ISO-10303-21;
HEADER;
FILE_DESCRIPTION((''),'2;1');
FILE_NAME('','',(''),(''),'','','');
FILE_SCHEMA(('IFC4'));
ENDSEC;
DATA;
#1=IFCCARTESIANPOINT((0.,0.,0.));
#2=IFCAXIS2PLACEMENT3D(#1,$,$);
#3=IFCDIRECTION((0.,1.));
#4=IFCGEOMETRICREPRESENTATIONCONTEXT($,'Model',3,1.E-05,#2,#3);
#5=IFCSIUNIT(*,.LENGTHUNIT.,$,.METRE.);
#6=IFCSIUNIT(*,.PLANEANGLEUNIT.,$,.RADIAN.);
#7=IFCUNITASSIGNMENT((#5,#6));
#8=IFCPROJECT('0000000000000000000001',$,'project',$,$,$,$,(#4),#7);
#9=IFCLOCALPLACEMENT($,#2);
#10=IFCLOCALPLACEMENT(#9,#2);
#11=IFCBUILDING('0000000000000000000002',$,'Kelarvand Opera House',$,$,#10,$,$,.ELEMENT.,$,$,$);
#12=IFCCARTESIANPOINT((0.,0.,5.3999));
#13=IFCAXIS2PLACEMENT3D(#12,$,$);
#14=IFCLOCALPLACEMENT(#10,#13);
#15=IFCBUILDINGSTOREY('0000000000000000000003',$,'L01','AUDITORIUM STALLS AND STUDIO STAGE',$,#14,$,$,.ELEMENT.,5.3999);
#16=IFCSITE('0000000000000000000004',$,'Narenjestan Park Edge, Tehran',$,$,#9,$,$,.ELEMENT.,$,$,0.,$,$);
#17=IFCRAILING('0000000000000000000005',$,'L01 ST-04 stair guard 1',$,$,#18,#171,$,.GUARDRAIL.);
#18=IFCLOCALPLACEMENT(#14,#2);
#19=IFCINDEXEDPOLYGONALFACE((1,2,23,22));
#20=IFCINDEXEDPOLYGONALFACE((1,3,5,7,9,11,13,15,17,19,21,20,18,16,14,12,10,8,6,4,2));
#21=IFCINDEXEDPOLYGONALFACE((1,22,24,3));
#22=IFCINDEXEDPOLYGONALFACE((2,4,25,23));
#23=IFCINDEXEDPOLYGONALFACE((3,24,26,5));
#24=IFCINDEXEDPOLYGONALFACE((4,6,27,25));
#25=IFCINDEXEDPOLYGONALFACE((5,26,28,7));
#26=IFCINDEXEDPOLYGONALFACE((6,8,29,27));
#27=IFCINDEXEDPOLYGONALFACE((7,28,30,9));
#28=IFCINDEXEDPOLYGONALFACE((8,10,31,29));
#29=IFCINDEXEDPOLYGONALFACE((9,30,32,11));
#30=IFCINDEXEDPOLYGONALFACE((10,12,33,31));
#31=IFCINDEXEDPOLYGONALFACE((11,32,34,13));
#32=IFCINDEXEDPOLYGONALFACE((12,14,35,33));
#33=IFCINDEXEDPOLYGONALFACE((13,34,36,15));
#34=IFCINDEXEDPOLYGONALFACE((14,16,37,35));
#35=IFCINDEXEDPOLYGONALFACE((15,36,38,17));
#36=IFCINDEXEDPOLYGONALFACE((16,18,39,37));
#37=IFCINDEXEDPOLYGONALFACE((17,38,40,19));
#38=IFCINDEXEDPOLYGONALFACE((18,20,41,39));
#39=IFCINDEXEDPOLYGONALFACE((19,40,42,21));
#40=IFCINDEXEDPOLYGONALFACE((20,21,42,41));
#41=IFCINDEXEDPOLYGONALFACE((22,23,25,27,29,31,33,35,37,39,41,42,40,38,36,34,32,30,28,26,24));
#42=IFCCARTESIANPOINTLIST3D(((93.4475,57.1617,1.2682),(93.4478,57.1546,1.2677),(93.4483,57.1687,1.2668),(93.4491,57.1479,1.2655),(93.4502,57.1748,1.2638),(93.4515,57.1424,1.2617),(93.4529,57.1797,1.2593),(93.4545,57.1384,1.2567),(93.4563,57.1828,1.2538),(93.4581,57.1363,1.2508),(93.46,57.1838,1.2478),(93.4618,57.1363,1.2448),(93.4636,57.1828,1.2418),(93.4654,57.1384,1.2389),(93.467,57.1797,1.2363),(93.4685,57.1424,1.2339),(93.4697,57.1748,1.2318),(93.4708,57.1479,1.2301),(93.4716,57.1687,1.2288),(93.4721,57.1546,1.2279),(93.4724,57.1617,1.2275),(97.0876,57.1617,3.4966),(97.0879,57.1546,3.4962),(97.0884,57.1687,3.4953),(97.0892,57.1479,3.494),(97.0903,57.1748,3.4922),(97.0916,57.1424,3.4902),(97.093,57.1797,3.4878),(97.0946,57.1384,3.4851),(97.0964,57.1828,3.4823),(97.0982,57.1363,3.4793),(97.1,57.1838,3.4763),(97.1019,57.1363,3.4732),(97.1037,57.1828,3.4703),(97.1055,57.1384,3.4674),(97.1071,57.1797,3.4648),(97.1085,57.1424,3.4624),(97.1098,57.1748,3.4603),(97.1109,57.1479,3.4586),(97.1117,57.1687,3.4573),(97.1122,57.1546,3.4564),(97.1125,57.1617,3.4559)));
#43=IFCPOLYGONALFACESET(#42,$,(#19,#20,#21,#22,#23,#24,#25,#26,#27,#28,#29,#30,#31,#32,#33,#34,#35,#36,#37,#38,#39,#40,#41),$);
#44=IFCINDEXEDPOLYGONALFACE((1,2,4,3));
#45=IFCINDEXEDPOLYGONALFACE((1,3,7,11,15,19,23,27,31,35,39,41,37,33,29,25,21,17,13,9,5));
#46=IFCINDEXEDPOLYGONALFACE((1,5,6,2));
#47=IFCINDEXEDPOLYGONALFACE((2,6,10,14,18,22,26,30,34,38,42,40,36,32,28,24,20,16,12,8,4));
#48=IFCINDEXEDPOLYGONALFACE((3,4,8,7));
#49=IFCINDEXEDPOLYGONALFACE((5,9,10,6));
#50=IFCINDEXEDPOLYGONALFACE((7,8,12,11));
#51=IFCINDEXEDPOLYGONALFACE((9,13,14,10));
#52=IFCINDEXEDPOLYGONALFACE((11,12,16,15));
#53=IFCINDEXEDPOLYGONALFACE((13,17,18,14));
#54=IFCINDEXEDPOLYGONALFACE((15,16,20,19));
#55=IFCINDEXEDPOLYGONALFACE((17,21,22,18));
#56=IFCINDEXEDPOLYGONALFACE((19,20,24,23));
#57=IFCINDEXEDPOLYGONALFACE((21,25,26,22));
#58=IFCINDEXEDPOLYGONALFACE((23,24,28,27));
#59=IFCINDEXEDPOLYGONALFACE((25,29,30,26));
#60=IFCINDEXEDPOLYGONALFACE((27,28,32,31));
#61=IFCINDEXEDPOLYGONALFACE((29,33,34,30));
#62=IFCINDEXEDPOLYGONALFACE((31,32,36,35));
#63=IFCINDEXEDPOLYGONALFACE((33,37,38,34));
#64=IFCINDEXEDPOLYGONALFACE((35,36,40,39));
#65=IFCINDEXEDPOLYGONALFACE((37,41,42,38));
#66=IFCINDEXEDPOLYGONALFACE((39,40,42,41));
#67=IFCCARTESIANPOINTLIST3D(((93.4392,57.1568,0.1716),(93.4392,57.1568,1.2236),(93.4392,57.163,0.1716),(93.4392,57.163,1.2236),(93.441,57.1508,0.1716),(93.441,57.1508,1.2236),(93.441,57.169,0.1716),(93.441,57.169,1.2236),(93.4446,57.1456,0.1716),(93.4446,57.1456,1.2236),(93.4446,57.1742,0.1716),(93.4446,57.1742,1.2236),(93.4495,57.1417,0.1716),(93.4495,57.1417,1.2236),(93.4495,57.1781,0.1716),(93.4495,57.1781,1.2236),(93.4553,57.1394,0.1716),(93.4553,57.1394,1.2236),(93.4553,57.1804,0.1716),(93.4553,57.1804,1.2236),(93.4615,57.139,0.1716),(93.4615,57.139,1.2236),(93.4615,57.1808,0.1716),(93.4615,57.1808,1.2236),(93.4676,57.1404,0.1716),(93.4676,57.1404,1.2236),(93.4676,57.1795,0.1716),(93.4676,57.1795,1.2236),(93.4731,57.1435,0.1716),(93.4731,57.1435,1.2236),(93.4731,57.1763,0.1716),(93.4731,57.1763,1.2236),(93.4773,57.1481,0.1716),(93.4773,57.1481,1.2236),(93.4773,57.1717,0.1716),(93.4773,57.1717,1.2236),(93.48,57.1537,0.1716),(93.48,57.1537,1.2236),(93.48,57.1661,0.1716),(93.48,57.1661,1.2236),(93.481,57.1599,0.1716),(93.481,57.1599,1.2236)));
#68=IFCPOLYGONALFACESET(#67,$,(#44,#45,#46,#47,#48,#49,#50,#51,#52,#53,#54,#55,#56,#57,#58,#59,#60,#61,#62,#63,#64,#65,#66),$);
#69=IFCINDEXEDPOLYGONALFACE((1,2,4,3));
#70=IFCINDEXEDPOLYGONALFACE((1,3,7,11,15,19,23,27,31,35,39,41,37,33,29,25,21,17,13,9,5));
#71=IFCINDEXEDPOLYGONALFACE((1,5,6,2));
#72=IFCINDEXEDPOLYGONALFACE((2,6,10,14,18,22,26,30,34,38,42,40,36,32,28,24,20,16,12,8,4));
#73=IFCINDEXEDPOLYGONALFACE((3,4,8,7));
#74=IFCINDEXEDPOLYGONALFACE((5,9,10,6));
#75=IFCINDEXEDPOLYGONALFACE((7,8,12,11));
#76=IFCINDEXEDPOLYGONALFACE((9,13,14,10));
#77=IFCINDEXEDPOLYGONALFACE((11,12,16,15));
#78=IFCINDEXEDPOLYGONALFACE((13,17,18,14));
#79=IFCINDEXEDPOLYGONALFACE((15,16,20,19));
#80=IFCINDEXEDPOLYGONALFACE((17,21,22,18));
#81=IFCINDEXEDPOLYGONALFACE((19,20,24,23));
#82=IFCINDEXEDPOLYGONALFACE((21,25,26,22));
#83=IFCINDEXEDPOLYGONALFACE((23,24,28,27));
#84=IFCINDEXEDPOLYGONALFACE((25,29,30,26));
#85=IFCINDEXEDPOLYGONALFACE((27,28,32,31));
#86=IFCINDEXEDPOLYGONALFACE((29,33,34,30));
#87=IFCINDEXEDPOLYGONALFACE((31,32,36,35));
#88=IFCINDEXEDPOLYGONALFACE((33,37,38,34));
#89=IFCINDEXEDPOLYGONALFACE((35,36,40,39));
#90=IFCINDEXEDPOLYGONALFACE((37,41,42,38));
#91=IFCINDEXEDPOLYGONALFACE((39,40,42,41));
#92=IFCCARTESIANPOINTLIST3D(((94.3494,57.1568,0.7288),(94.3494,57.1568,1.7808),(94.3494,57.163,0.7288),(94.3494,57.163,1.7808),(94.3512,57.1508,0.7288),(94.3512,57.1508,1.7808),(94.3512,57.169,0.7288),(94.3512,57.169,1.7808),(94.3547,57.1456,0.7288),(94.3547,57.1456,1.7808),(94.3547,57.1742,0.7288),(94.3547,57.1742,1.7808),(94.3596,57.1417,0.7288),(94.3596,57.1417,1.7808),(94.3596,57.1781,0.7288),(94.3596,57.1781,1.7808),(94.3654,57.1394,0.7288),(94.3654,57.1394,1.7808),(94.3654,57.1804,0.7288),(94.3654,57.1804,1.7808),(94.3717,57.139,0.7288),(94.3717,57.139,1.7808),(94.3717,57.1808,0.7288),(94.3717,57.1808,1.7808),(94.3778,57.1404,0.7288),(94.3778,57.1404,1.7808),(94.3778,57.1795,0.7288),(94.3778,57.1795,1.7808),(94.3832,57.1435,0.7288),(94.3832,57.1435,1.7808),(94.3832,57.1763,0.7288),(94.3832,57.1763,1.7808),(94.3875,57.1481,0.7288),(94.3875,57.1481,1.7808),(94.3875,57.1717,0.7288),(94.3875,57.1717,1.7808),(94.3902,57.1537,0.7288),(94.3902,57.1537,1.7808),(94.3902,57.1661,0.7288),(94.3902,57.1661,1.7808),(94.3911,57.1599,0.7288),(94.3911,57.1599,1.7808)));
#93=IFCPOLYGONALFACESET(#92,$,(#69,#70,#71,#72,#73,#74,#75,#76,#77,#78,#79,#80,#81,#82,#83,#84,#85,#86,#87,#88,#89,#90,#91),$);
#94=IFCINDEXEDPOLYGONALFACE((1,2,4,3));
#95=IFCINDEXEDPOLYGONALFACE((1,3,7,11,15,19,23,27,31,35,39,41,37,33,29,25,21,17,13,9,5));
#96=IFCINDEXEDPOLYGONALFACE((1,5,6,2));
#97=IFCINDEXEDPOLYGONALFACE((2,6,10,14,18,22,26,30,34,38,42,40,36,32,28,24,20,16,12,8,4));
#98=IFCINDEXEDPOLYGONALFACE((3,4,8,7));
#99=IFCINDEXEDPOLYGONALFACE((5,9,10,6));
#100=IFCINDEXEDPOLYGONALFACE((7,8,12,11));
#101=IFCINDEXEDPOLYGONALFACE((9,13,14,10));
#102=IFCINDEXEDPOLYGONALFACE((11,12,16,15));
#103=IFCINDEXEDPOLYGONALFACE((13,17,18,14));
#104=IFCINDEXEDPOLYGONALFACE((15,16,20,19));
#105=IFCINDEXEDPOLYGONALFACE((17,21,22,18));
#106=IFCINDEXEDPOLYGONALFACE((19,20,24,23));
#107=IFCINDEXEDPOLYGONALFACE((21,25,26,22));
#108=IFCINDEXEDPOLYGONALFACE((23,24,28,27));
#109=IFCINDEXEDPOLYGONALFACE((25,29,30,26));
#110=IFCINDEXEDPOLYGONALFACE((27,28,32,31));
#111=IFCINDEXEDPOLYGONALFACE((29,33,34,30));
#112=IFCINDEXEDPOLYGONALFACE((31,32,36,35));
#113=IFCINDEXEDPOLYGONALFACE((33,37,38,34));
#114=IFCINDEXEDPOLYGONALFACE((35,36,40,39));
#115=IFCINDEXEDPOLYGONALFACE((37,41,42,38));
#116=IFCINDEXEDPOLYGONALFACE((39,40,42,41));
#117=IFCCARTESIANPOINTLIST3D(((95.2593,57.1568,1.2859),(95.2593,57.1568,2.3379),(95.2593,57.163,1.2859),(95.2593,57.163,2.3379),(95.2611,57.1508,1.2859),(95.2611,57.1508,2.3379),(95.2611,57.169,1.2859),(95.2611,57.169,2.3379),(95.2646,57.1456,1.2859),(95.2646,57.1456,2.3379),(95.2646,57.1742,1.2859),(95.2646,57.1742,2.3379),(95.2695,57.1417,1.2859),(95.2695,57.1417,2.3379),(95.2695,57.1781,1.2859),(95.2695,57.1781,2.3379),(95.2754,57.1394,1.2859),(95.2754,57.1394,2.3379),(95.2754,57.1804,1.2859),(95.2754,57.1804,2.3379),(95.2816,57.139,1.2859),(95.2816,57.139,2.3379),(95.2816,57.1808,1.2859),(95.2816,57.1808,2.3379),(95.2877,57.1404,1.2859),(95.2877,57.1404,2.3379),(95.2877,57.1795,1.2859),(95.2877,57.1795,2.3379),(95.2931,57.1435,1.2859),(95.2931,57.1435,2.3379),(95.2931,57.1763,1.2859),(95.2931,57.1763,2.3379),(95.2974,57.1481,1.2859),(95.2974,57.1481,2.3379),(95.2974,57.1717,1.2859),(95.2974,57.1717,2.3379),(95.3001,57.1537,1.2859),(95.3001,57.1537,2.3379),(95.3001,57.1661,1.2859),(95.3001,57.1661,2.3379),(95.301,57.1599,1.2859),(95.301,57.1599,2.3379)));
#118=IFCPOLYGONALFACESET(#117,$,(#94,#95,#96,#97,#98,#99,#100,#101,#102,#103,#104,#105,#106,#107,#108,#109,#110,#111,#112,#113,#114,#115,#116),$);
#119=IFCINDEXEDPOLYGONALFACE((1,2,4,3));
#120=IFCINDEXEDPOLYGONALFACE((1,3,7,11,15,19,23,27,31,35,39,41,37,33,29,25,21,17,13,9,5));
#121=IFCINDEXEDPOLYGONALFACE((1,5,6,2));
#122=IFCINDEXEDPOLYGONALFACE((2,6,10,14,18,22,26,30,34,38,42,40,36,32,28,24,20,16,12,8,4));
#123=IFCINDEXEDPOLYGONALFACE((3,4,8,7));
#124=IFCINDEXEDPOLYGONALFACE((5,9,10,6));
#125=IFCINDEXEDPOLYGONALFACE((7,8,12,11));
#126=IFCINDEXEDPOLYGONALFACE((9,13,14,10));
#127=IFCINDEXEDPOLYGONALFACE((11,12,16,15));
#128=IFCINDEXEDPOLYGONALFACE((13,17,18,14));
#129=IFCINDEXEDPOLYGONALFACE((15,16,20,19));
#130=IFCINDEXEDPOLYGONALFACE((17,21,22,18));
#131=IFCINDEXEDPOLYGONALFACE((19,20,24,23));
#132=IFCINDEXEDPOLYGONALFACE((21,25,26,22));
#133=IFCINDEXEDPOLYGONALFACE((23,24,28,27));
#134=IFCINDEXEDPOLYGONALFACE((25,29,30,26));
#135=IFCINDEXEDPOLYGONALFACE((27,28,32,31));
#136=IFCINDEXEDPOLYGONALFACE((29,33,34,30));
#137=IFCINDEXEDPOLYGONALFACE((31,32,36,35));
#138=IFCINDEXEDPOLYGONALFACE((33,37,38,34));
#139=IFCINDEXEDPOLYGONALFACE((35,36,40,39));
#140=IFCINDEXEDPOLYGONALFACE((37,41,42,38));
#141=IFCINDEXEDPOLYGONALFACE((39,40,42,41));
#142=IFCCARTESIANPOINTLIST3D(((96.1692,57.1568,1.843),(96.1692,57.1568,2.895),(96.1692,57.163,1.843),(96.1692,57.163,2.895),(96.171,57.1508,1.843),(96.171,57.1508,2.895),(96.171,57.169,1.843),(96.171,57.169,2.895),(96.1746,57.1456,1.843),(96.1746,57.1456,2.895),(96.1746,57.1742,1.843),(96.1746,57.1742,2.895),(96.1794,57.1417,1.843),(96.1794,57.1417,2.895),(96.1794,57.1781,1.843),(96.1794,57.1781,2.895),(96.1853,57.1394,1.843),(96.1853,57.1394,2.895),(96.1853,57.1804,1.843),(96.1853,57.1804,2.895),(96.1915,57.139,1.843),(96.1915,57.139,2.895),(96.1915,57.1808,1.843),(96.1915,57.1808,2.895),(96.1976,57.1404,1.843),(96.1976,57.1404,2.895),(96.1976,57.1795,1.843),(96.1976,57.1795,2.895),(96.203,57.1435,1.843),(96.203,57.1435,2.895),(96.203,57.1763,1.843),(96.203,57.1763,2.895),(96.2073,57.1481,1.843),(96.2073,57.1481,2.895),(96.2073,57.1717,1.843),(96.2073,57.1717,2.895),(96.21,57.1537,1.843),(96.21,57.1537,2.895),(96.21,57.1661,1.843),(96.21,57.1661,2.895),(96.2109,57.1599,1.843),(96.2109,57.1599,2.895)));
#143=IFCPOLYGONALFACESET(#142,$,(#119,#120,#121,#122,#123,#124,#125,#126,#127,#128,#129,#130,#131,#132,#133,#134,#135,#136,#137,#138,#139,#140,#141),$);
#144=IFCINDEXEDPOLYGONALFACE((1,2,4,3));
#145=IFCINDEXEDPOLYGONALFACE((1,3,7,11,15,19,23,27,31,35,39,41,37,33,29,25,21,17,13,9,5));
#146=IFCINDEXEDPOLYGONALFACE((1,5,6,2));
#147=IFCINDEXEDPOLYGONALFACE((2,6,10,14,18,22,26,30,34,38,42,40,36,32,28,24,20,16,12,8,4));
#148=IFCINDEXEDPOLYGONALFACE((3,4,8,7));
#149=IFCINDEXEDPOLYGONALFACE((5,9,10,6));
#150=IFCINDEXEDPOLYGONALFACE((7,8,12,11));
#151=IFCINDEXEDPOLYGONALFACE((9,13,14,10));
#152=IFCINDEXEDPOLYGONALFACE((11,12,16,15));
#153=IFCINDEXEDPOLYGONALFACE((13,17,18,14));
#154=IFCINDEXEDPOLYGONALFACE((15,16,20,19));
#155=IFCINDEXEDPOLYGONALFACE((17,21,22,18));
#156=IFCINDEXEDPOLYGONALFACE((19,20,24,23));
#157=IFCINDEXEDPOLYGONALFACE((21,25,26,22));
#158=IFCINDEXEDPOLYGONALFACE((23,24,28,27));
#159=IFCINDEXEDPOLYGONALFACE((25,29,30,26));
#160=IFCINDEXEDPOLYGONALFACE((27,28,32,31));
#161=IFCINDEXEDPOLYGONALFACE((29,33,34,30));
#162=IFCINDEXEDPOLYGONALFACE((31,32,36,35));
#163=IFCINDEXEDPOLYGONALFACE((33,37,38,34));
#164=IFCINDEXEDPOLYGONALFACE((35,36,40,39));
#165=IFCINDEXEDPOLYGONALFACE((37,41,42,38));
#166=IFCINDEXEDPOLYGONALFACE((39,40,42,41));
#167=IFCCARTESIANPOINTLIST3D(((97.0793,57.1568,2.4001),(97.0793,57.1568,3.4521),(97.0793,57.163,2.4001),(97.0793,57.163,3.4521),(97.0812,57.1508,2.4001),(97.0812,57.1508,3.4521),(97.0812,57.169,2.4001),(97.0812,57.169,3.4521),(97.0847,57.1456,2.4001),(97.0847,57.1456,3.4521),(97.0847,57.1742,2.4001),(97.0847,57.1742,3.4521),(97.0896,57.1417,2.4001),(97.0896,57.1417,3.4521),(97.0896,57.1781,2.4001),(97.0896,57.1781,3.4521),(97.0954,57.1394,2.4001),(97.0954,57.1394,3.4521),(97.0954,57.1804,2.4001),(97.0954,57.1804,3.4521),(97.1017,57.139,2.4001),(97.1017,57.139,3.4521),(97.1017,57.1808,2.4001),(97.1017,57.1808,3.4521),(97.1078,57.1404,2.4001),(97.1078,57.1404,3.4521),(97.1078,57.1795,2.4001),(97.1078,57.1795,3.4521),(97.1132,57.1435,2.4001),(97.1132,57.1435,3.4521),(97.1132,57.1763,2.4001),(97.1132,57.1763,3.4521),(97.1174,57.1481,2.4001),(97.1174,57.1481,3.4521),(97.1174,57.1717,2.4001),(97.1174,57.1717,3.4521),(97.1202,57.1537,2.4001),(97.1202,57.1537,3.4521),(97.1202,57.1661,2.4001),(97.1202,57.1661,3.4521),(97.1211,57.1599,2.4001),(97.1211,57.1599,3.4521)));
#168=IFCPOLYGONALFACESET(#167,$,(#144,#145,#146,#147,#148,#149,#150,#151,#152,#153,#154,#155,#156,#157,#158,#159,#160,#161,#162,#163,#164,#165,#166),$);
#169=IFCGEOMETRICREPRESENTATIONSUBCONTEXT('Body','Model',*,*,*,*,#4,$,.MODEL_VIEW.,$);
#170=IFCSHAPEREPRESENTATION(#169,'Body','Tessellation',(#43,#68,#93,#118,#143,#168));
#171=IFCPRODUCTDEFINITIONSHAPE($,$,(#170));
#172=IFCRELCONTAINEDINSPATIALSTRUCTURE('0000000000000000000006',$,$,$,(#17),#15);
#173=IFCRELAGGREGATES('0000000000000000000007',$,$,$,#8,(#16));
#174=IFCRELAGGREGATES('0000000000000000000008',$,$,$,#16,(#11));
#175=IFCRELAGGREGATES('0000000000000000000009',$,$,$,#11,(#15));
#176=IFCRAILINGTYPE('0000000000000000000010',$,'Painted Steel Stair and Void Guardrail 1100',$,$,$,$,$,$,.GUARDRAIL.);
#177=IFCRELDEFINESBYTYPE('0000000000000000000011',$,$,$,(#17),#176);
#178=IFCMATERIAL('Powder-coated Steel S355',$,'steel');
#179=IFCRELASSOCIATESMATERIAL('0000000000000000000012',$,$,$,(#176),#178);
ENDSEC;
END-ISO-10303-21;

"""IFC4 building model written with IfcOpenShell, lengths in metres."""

from ifc_helpers import new_model, si_unit, direction, frame, origin, origin_2d, place, context, subcontext, project, spatial, circle, extrude, material, type_object, element, save


model = new_model("IFC4")

# Units and contexts
model_context = context("Model", 3, precision=1e-05, world=origin(), true_north=direction((0.0, 1.0)))
body_context = subcontext(model_context, "Body", "Model", "MODEL_VIEW")
ifc_project = project(units=[si_unit("LENGTHUNIT", "METRE"), si_unit("PLANEANGLEUNIT", "RADIAN")], contexts=[model_context])

# Site, building, storey
site_placement = place(None, origin())
site = spatial("IfcSite", under=ifc_project, at=site_placement, Name="Narenjestan Park Edge, Tehran", CompositionType="ELEMENT", RefElevation=0.0)
building_placement = place(site_placement, origin())
building = spatial("IfcBuilding", under=site, at=building_placement, Name="Kelarvand Opera House", CompositionType="ELEMENT")
storey_placement = place(building_placement, frame((0.0, 0.0, 5.3999)))
storey = spatial("IfcBuildingStorey", under=building, at=storey_placement, Name="L01", Description="AUDITORIUM STALLS AND STUDIO STAGE", CompositionType="ELEMENT", Elevation=5.3999)

# Railing
ifc_material_1 = material(Name="Powder-coated Steel S355", Category="steel")
railing_type_1 = type_object("IfcRailingType", Name="Painted Steel Stair and Void Guardrail 1100", PredefinedType="GUARDRAIL", material=ifc_material_1)
railing_1_placement = place(storey_placement, frame((93.46, 57.1599, 0.1716)))
element("IfcRailing", 1, at=railing_1_placement, inside=storey, type_object=railing_type_1, Name="L01 ST-04 stair guard 1", PredefinedType="GUARDRAIL", context=body_context, shape_type="SweptSolid", body=[
    extrude(circle(Radius=0.0239, at=origin_2d()), frame((0.0, 0.0, 1.0762), z_axis=(0.852866, 0.0, 0.52213), x_axis=(0.0, 1.0, 0.0)), (0.0, 0.0, 1.0), 4.2681),
    extrude(circle(Radius=0.021, at=origin_2d()), origin(), (0.0, 0.0, 1.0), 1.052),
    extrude(circle(Radius=0.021, at=origin_2d()), frame((0.9102, 0.0, 0.5571)), (0.0, 0.0, 1.0), 1.052),
    extrude(circle(Radius=0.021, at=origin_2d()), frame((1.8201, 0.0, 1.1143)), (0.0, 0.0, 1.0), 1.052),
    extrude(circle(Radius=0.021, at=origin_2d()), frame((2.73, 0.0, 1.6714)), (0.0, 0.0, 1.0), 1.052),
    extrude(circle(Radius=0.021, at=origin_2d()), frame((3.6401, 0.0, 2.2285)), (0.0, 0.0, 1.0), 1.052),
])

save(model, "model.ifc")
